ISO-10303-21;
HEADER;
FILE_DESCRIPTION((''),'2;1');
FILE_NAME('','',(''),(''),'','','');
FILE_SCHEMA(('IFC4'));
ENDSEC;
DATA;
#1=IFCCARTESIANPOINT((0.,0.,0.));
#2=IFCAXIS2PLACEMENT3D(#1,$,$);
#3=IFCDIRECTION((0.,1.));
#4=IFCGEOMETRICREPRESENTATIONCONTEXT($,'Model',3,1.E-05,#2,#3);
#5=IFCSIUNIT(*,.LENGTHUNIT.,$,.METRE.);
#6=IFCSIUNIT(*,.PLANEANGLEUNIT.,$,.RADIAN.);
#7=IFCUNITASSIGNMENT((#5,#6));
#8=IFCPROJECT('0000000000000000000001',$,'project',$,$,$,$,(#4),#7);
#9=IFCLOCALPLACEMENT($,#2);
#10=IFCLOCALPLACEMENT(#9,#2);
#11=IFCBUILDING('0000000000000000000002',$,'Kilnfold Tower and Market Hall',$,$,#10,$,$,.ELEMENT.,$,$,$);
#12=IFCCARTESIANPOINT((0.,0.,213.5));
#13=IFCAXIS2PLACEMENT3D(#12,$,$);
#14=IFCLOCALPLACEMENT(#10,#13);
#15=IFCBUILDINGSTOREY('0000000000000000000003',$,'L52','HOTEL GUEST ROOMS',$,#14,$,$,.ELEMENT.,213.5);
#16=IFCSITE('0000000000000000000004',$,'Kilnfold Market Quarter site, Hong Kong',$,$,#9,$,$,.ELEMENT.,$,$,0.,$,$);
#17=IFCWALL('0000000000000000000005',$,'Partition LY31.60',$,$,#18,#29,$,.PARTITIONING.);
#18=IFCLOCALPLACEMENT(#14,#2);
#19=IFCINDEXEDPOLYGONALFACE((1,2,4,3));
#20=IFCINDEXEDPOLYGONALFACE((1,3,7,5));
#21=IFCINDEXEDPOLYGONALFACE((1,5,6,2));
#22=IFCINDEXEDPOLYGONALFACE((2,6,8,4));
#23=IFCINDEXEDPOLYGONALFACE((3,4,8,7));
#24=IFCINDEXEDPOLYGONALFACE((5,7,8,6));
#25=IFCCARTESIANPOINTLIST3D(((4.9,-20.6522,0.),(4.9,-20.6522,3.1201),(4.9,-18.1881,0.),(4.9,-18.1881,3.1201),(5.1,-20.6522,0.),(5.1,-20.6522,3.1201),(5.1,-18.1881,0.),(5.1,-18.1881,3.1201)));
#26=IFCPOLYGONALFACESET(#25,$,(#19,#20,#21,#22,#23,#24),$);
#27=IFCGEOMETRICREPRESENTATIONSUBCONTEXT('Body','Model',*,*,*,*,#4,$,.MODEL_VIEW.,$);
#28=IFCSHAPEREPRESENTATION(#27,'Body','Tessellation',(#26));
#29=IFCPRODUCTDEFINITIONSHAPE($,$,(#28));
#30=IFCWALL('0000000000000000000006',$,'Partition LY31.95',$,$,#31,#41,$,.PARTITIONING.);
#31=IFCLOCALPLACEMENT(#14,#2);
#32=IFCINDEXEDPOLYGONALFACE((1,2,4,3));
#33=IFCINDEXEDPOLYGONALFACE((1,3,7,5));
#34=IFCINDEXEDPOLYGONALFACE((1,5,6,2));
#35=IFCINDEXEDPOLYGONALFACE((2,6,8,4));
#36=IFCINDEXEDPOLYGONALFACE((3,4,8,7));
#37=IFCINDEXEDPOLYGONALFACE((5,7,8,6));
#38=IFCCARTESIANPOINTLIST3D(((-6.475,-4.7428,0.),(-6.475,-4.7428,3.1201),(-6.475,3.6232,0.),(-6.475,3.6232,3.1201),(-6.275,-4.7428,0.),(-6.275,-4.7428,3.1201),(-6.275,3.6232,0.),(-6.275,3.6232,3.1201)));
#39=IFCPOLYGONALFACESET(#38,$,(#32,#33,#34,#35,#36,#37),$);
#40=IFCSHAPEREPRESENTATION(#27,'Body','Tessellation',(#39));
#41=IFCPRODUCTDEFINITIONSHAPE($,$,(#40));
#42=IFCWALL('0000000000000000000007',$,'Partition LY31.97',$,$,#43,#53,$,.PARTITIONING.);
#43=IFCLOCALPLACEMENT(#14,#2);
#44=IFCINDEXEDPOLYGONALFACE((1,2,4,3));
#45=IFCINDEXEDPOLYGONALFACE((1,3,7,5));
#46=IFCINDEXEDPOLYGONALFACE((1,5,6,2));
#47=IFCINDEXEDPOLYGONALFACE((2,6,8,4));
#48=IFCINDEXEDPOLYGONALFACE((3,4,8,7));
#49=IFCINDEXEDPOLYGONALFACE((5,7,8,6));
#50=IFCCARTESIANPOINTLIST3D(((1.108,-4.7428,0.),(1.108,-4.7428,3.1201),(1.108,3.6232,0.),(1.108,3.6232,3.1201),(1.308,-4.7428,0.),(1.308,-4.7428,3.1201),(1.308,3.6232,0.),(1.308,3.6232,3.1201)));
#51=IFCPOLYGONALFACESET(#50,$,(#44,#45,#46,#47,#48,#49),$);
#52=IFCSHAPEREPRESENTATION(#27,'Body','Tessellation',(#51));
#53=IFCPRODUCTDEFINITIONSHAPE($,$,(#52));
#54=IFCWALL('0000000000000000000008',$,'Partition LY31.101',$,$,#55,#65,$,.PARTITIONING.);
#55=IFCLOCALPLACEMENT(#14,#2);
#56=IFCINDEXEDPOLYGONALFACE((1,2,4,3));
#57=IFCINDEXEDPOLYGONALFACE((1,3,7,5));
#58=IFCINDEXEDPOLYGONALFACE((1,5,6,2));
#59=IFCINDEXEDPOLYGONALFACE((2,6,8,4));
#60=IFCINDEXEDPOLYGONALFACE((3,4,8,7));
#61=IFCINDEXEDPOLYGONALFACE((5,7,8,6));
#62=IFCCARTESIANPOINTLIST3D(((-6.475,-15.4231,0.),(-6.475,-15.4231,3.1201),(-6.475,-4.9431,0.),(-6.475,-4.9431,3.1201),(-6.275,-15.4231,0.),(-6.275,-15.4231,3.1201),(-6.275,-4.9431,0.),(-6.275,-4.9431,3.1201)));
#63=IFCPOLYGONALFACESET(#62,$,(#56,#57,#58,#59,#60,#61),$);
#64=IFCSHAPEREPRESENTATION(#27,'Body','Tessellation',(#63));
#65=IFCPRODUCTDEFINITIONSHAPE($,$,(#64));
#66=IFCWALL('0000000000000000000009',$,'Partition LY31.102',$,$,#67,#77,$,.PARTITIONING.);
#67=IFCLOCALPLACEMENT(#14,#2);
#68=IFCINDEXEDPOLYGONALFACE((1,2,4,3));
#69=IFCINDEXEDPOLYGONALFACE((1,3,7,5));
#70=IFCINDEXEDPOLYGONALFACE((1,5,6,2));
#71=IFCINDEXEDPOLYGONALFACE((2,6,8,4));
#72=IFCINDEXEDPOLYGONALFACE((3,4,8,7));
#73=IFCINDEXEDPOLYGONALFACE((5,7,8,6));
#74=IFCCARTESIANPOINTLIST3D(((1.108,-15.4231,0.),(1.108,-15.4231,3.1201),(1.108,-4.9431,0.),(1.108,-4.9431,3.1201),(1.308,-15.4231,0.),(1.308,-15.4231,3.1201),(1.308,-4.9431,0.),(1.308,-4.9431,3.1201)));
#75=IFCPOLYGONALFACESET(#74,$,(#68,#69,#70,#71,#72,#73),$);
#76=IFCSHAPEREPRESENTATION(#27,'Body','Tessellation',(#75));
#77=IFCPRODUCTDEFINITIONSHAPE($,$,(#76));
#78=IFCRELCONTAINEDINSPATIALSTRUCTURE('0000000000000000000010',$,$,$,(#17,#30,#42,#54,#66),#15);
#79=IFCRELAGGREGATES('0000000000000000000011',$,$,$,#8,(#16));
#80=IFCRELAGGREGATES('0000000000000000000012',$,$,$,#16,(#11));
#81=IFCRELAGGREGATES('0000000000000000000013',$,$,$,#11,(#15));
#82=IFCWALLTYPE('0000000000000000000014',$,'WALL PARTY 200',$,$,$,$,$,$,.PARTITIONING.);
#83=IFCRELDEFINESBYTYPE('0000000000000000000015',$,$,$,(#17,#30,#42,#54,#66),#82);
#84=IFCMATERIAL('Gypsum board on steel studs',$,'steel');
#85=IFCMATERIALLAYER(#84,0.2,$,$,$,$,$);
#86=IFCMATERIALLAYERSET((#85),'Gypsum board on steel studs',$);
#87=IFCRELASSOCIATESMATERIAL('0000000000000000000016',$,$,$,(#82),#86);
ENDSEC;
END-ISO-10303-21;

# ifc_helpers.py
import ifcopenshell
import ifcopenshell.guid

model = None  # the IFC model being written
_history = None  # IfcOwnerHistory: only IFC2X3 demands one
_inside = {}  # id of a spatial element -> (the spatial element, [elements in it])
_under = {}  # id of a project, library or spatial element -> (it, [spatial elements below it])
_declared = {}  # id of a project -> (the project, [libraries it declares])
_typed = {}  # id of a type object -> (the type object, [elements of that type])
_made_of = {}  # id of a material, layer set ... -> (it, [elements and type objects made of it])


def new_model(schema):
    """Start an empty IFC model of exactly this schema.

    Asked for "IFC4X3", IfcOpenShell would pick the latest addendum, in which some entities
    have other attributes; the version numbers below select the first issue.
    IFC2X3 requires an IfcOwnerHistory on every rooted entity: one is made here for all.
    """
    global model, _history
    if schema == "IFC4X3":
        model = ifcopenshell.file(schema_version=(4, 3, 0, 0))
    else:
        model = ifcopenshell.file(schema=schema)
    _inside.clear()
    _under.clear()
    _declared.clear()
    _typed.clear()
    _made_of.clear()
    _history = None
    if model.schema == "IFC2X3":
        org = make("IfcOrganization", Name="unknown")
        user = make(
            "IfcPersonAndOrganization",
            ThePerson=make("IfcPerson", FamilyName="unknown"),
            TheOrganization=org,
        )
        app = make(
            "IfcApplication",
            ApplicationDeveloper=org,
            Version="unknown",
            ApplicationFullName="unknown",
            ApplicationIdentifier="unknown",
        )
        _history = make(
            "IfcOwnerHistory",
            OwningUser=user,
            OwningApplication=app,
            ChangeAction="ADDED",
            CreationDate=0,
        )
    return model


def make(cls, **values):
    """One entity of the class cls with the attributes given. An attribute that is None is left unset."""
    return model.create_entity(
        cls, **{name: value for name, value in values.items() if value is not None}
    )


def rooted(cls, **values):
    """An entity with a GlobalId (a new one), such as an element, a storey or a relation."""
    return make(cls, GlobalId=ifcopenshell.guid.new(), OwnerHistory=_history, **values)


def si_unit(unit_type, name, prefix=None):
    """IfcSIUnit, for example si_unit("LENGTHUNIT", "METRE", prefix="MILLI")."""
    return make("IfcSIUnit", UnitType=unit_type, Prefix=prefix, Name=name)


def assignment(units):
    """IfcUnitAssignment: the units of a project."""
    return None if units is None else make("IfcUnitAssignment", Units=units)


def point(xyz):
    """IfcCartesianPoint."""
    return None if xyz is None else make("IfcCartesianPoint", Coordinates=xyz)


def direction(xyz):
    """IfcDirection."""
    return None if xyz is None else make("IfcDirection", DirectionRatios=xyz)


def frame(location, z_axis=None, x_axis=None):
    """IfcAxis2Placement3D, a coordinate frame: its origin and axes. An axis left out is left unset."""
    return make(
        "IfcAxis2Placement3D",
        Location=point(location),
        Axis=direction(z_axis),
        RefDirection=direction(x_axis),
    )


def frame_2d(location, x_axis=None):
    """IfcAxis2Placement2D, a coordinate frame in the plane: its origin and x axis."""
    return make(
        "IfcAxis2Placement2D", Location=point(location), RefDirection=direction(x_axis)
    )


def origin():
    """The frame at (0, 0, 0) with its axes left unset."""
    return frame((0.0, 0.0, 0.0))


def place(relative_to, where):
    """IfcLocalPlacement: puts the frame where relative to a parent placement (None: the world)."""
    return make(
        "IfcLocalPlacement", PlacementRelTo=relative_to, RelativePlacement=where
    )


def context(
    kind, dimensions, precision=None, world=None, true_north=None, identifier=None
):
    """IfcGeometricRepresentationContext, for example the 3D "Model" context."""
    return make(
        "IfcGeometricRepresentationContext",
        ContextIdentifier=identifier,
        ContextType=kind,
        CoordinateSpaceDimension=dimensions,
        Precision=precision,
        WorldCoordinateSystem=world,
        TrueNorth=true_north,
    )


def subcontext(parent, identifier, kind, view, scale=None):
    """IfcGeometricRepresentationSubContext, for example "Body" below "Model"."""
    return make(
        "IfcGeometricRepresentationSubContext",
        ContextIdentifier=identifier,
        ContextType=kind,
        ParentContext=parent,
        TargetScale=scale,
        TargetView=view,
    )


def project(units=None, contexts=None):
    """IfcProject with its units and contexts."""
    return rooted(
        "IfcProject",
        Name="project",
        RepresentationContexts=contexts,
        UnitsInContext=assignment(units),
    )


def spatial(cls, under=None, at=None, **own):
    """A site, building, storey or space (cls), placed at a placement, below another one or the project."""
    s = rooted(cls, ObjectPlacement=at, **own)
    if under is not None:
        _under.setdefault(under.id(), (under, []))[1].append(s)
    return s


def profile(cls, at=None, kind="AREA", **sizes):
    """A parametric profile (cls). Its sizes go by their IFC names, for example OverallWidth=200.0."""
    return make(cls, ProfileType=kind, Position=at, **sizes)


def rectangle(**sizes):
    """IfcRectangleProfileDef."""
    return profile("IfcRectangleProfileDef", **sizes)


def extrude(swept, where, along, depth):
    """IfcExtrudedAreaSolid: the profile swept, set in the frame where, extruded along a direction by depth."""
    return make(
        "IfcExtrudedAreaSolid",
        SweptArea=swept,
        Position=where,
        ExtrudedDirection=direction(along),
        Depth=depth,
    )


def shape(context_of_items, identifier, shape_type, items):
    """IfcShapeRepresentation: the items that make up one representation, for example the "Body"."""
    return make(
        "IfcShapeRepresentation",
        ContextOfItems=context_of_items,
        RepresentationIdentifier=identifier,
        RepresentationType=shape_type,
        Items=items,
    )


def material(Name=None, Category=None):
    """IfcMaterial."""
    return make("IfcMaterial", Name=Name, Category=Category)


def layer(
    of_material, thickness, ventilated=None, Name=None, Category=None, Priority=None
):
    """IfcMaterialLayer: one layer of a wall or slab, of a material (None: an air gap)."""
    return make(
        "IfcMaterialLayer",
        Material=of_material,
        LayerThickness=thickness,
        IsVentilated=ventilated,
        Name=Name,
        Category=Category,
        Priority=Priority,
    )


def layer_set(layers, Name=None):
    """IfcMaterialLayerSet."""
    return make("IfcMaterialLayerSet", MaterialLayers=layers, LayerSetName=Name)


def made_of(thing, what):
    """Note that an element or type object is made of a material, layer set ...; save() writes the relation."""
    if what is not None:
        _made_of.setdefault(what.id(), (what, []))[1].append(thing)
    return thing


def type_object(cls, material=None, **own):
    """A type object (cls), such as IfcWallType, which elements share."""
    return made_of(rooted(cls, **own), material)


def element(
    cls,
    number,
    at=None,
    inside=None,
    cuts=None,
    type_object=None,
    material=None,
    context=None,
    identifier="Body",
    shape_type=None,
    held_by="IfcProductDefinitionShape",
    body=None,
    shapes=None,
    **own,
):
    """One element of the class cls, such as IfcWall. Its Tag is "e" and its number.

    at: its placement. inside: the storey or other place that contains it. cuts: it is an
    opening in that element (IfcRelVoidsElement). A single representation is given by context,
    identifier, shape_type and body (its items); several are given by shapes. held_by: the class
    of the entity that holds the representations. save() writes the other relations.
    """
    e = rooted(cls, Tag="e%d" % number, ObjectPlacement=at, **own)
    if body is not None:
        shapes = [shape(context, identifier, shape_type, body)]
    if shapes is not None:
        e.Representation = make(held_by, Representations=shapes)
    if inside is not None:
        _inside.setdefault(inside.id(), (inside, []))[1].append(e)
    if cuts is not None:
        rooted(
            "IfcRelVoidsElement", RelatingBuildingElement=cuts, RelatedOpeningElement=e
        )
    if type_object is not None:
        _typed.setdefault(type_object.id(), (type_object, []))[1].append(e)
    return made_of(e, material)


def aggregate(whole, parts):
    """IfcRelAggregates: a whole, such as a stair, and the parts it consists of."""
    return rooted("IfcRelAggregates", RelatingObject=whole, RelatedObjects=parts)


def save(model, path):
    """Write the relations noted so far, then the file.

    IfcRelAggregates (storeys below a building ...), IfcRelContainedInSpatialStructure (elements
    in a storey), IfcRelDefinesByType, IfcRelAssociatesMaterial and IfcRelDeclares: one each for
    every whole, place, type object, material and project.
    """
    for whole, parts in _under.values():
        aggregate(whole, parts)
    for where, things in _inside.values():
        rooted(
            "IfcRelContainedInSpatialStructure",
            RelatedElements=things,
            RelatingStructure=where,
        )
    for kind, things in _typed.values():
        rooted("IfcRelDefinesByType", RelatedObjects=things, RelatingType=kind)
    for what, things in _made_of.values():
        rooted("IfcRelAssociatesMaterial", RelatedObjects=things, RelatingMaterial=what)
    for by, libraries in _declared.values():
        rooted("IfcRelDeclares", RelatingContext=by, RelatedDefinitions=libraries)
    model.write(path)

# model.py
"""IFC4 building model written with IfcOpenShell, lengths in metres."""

from ifc_helpers import new_model, si_unit, direction, frame, frame_2d, origin, place, context, subcontext, project, spatial, rectangle, extrude, material, layer, layer_set, type_object, element, save


model = new_model("IFC4")

# Units and contexts
model_context = context("Model", 3, precision=1e-05, world=origin(), true_north=direction((0.0, 1.0)))
body_context = subcontext(model_context, "Body", "Model", "MODEL_VIEW")
ifc_project = project(units=[si_unit("LENGTHUNIT", "METRE"), si_unit("PLANEANGLEUNIT", "RADIAN")], contexts=[model_context])

# Site, building, storey
site_placement = place(None, origin())
site = spatial("IfcSite", under=ifc_project, at=site_placement, Name="Kilnfold Market Quarter site, Hong Kong", CompositionType="ELEMENT", RefElevation=0.0)
building_placement = place(site_placement, origin())
building = spatial("IfcBuilding", under=site, at=building_placement, Name="Kilnfold Tower and Market Hall", CompositionType="ELEMENT")
storey_placement = place(building_placement, frame((0.0, 0.0, 213.5)))
storey = spatial("IfcBuildingStorey", under=building, at=storey_placement, Name="L52", Description="HOTEL GUEST ROOMS", CompositionType="ELEMENT", Elevation=213.5)

# Walls
ifc_material_1 = material(Name="Gypsum board on steel studs", Category="steel")
ifc_layer_1 = layer(ifc_material_1, 0.2)
ifc_layer_set_1 = layer_set([ifc_layer_1], Name="Gypsum board on steel studs")
wall_type_1 = type_object("IfcWallType", Name="WALL PARTY 200", PredefinedType="PARTITIONING", material=ifc_layer_set_1)
wall_1_placement = place(storey_placement, frame((5.0, -20.6521, 0.0), z_axis=(0.0, 0.0, 1.0), x_axis=(0.0, 1.0, 0.0)))
element("IfcWall", 1, at=wall_1_placement, inside=storey, type_object=wall_type_1, Name="Partition LY31.60", PredefinedType="PARTITIONING", context=body_context, shape_type="SweptSolid", body=[
    extrude(rectangle(XDim=2.4641, YDim=0.2, at=frame_2d((1.2319, 0.0))), origin(), (0.0, 0.0, 1.0), 3.1201),
])
for number, where, z_axis, x_axis, name in (
    (2, (-6.375, -4.7429, 0.0), (0.0, 0.0, 1.0), (0.0, 1.0, 0.0), "Partition LY31.95"),
    (3, (1.208, -4.7429, 0.0), (0.0, 0.0, 1.0), (0.0, 1.0, 0.0), "Partition LY31.97"),
):
    element("IfcWall", number, at=place(storey_placement, frame(where, z_axis=z_axis, x_axis=x_axis)), inside=storey, type_object=wall_type_1, Name=name, PredefinedType="PARTITIONING", context=body_context, shape_type="SweptSolid", body=[
        extrude(rectangle(XDim=8.366, YDim=0.2, at=frame_2d((4.1831, 0.0))), origin(), (0.0, 0.0, 1.0), 3.1201),
    ])
for number, where, z_axis, x_axis, name in (
    (4, (-6.375, -15.4231, 0.0), (0.0, 0.0, 1.0), (0.0, 1.0, 0.0), "Partition LY31.101"),
    (5, (1.208, -15.4231, 0.0), (0.0, 0.0, 1.0), (0.0, 1.0, 0.0), "Partition LY31.102"),
):
    element("IfcWall", number, at=place(storey_placement, frame(where, z_axis=z_axis, x_axis=x_axis)), inside=storey, type_object=wall_type_1, Name=name, PredefinedType="PARTITIONING", context=body_context, shape_type="SweptSolid", body=[
        extrude(rectangle(XDim=10.48, YDim=0.2, at=frame_2d((5.24, 0.0))), origin(), (0.0, 0.0, 1.0), 3.1201),
    ])

save(model, "model.ifc")
